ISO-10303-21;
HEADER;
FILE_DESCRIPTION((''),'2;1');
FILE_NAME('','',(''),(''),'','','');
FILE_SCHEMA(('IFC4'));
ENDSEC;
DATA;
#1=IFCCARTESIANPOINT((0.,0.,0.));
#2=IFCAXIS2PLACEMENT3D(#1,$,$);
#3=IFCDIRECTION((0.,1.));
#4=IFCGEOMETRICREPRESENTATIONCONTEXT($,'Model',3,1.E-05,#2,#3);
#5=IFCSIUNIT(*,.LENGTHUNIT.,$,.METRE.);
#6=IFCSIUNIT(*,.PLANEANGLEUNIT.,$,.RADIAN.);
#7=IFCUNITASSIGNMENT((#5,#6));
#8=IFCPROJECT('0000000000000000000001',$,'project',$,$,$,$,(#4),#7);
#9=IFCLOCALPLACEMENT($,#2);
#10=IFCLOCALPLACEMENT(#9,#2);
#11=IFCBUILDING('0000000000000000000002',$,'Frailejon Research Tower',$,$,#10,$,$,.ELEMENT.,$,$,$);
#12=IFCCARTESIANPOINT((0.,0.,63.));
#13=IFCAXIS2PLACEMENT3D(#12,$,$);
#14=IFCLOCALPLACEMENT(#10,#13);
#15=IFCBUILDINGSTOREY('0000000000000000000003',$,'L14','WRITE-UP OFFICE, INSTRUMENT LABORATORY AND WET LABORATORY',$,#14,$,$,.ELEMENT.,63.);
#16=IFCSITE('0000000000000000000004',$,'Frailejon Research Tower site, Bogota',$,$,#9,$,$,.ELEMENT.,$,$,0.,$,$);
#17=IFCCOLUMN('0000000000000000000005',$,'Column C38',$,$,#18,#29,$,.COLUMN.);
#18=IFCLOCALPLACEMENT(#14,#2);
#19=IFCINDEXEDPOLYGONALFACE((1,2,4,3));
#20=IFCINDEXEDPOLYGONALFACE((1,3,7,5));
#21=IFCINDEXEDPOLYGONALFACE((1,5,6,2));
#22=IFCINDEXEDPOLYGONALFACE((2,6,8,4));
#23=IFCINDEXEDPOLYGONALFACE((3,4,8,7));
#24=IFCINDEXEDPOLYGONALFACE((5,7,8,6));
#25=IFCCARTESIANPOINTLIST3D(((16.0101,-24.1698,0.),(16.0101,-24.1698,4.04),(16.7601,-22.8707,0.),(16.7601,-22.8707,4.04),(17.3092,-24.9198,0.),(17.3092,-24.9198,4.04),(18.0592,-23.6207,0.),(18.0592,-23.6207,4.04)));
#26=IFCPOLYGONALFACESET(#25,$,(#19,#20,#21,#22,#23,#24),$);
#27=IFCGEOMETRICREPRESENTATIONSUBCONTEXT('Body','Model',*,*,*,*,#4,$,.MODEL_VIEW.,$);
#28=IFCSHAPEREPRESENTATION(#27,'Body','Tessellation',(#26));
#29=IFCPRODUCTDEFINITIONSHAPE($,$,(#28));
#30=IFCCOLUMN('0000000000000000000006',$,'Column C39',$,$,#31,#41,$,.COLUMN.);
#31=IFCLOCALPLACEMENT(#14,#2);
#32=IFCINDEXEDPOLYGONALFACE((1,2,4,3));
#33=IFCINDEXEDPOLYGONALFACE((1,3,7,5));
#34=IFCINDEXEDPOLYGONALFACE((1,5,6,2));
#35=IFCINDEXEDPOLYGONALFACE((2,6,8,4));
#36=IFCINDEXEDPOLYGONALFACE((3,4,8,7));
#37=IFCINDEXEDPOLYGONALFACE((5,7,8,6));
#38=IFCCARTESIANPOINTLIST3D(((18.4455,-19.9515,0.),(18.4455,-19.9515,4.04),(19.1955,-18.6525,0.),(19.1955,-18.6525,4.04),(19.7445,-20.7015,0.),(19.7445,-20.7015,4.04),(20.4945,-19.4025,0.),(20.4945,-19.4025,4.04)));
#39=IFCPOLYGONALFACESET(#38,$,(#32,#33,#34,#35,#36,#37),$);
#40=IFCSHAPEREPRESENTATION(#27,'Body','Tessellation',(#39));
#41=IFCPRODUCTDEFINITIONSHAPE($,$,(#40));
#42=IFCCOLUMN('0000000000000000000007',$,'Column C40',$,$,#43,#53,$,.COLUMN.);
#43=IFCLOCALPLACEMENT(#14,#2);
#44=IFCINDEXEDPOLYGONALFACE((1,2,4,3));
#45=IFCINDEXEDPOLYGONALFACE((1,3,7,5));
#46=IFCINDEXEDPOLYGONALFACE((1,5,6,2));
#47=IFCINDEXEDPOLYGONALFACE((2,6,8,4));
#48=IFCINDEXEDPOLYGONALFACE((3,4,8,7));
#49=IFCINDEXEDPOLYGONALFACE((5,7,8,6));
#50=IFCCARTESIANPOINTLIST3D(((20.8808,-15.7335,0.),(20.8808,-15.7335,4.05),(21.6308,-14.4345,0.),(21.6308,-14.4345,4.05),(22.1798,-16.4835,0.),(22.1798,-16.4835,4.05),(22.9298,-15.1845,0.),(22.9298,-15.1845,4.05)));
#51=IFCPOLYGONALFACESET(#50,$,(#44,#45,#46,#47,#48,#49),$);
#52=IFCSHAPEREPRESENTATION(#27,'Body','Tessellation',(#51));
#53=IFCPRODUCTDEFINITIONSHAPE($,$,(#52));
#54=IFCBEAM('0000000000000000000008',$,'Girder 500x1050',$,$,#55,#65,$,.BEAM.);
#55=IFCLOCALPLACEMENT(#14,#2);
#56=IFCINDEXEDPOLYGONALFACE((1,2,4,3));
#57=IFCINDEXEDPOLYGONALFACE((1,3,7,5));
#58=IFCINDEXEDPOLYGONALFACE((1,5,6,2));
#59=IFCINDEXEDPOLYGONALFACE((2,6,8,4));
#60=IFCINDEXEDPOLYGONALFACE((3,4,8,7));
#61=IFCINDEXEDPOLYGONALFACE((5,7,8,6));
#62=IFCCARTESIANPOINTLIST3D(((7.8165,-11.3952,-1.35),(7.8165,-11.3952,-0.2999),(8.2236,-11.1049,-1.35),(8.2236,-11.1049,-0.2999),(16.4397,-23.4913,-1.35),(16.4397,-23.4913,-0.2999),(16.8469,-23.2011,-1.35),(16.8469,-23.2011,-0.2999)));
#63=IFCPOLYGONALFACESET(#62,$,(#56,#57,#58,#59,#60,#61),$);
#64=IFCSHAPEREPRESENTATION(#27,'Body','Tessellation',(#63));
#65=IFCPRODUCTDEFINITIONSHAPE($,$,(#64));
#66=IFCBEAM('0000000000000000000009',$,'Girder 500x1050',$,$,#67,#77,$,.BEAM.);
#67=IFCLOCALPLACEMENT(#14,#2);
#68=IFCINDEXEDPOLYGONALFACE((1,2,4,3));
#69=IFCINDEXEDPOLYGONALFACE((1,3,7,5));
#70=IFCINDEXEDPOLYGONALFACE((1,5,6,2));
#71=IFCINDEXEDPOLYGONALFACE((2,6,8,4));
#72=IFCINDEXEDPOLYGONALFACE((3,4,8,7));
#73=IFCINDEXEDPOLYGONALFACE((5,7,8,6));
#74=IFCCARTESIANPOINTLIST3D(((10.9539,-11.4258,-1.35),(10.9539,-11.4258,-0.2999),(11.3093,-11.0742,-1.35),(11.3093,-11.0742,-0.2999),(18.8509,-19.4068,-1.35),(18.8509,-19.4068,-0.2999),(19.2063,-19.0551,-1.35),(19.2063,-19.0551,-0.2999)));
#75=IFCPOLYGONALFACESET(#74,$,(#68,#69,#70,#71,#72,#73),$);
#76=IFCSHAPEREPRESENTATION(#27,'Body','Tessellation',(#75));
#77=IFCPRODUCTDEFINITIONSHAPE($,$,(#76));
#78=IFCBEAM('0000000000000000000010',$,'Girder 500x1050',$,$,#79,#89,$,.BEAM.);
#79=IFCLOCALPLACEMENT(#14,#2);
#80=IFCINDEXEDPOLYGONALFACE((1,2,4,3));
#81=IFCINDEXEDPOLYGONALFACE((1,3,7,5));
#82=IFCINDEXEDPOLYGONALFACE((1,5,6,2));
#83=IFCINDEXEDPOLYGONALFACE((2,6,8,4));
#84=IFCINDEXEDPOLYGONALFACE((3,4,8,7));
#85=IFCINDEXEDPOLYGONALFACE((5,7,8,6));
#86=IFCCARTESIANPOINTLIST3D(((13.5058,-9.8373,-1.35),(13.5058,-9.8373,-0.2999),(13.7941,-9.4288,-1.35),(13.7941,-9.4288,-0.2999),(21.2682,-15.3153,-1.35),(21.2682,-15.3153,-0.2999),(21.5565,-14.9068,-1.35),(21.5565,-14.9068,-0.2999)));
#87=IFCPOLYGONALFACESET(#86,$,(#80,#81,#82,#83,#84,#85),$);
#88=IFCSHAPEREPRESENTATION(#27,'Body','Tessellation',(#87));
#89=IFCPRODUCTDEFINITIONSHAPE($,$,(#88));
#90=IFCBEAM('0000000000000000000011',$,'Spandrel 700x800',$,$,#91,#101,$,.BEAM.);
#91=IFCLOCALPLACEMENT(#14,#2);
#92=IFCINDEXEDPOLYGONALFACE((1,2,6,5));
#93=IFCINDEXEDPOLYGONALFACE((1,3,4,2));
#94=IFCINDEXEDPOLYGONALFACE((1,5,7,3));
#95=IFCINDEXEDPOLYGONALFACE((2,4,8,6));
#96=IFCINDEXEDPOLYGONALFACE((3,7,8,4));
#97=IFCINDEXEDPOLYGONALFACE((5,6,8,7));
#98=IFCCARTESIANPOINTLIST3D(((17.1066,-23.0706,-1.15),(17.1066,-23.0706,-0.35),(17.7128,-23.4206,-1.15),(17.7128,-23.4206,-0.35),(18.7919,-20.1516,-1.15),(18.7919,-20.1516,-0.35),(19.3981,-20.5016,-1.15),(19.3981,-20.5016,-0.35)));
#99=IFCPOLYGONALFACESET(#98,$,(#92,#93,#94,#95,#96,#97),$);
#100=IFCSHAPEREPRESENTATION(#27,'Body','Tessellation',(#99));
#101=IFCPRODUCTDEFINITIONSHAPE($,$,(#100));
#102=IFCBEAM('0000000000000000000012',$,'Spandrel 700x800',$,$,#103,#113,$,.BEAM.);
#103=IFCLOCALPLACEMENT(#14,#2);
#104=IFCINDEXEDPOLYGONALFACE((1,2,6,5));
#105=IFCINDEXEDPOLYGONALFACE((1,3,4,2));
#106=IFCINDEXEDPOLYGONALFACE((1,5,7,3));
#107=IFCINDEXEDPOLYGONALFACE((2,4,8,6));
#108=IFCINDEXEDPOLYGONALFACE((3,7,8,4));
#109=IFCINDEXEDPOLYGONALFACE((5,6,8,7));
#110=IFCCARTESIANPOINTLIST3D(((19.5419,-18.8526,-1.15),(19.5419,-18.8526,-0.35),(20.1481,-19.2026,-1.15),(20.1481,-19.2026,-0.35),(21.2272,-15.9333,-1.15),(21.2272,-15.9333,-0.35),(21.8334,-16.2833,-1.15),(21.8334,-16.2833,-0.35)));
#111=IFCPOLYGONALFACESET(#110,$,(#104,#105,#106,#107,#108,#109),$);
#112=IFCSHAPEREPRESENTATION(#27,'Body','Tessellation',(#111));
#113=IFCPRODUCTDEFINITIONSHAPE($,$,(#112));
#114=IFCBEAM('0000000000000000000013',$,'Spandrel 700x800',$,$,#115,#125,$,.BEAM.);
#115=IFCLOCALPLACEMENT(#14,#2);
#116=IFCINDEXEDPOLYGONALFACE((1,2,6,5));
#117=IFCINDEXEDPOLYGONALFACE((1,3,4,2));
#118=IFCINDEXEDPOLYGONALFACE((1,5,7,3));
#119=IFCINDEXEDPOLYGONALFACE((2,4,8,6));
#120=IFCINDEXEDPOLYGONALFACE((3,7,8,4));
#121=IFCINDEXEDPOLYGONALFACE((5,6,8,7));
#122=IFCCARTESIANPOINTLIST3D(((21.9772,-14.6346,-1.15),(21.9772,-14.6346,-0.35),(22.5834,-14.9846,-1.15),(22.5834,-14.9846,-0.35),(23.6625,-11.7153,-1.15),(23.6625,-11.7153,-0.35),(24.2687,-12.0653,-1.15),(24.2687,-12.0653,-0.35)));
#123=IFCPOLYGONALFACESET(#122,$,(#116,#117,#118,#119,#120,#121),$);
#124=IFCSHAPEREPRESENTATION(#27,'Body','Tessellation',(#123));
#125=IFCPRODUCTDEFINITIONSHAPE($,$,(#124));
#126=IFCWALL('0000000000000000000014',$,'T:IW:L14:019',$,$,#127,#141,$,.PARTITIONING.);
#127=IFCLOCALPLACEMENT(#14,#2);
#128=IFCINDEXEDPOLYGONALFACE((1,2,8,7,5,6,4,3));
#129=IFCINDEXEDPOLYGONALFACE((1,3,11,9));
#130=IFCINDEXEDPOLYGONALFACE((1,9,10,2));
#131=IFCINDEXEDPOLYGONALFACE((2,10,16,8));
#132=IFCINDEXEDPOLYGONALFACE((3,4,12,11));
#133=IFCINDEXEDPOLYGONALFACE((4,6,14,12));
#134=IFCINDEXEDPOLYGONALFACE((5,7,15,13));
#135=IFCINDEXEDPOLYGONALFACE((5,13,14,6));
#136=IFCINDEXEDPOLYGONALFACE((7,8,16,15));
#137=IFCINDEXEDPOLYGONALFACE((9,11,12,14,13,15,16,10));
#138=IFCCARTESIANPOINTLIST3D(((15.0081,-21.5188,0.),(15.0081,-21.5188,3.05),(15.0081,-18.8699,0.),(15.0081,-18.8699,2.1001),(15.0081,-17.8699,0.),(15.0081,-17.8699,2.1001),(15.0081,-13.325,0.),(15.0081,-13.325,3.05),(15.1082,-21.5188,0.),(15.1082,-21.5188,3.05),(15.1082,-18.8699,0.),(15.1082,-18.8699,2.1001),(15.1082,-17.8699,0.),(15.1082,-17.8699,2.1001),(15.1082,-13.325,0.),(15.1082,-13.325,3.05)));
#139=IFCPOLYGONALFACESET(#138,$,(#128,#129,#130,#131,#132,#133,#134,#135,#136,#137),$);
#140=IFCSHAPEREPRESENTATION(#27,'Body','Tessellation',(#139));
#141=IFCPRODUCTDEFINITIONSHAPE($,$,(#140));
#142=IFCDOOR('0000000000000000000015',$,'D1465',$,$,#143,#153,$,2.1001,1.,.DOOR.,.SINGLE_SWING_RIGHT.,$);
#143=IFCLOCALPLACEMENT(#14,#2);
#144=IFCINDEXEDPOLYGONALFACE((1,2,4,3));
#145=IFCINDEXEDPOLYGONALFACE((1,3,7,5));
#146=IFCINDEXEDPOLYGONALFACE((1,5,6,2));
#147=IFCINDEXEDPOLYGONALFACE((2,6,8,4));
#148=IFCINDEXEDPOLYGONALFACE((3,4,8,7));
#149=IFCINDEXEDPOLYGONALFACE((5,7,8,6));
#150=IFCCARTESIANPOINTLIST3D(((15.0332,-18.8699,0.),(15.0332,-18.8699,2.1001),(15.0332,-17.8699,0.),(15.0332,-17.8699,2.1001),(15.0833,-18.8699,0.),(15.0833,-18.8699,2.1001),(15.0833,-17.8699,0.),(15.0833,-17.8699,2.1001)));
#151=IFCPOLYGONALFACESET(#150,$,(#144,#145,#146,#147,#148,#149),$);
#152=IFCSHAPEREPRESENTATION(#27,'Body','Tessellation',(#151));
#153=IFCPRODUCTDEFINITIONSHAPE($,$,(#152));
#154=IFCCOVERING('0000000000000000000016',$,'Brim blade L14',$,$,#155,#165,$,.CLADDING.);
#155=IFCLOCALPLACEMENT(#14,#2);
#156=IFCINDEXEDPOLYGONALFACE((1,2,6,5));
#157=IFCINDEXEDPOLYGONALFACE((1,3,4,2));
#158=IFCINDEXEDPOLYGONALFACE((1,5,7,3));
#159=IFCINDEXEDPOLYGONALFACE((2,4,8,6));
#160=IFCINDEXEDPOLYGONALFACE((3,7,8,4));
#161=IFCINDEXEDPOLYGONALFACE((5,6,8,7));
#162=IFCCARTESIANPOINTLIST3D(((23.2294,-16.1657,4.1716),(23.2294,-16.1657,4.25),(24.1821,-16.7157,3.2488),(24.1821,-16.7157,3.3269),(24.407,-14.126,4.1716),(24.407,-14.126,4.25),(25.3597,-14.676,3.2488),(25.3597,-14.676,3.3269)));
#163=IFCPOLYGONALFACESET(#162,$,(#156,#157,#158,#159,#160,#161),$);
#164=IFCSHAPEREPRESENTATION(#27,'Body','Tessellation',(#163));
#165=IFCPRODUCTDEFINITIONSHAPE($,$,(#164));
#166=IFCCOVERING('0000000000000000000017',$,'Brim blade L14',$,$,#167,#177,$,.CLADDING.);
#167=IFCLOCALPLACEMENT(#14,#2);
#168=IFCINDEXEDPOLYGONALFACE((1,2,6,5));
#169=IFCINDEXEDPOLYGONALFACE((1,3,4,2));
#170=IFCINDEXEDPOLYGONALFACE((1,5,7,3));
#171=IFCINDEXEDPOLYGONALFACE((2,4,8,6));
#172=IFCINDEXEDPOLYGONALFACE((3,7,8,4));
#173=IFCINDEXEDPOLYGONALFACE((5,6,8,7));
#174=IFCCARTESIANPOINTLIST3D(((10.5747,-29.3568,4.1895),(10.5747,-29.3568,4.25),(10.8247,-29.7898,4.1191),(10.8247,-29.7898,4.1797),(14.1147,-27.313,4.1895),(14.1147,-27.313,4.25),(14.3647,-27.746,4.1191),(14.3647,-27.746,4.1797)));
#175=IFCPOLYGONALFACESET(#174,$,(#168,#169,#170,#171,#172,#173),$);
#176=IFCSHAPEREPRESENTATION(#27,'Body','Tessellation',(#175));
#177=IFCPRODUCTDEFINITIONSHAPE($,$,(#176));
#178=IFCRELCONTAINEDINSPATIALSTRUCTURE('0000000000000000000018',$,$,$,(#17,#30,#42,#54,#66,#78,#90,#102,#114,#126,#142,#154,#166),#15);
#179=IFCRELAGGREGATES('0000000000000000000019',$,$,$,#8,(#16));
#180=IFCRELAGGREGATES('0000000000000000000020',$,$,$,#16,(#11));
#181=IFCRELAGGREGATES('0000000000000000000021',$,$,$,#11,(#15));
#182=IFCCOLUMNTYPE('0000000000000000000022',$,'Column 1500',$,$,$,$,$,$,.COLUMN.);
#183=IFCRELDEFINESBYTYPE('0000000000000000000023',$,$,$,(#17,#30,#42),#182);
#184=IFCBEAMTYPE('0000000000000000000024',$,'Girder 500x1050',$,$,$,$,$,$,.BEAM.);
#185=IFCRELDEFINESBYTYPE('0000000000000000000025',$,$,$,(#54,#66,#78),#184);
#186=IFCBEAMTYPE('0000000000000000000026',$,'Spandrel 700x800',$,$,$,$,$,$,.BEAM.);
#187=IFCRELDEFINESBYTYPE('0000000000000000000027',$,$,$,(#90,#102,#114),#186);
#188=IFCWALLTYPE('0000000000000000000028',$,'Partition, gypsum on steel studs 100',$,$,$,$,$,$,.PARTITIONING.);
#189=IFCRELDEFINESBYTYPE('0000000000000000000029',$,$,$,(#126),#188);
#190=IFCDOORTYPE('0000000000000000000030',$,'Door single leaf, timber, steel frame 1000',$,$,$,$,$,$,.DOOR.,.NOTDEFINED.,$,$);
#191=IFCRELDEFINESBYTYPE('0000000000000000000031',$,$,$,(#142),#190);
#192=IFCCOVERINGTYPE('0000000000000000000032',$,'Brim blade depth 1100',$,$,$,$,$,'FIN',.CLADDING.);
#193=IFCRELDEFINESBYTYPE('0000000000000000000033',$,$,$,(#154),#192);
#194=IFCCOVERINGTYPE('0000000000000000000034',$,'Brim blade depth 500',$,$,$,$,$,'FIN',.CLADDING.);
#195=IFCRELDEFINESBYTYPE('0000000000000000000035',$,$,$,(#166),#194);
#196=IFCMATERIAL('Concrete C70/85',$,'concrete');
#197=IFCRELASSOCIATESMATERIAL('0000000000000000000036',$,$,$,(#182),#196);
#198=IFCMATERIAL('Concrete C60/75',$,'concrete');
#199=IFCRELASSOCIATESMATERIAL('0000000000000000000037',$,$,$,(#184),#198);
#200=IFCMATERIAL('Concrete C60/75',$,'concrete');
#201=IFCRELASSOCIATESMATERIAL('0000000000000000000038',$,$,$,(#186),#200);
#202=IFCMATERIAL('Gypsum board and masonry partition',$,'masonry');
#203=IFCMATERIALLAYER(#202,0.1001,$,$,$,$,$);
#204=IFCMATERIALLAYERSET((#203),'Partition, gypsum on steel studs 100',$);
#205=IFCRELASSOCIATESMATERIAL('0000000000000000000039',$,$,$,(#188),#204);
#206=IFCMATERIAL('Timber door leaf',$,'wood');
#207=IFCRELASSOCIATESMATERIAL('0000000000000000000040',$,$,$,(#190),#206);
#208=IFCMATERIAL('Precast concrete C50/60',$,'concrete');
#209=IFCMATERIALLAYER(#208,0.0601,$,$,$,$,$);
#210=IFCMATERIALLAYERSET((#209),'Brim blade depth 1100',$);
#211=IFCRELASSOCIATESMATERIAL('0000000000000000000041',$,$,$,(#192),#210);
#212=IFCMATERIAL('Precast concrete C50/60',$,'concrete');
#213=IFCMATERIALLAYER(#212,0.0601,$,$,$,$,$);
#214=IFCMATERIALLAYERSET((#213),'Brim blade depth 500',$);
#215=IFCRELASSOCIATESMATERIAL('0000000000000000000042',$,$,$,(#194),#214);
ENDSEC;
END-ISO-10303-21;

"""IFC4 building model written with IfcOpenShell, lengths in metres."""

from ifc_helpers import new_model, si_unit, direction, frame, frame_2d, origin, origin_2d, place, context, subcontext, project, spatial, polyline, rectangle, outline, extrude, material, layer, layer_set, material_profile, profile_set, type_object, element, fill, save


model = new_model("IFC4")

# Units and contexts
model_context = context("Model", 3, precision=1e-05, world=origin(), true_north=direction((0.0, 1.0)))
body_context = subcontext(model_context, "Body", "Model", "MODEL_VIEW")
ifc_project = project(units=[si_unit("LENGTHUNIT", "METRE"), si_unit("PLANEANGLEUNIT", "RADIAN")], contexts=[model_context])

# Site, building, storey
site_placement = place(None, origin())
site = spatial("IfcSite", under=ifc_project, at=site_placement, Name="Frailejon Research Tower site, Bogota", CompositionType="ELEMENT", RefElevation=0.0)
building_placement = place(site_placement, origin())
building = spatial("IfcBuilding", under=site, at=building_placement, Name="Frailejon Research Tower", CompositionType="ELEMENT")
storey_placement = place(building_placement, frame((0.0, 0.0, 63.0)))
storey = spatial("IfcBuildingStorey", under=building, at=storey_placement, Name="L14", Description="WRITE-UP OFFICE, INSTRUMENT LABORATORY AND WET LABORATORY", CompositionType="ELEMENT", Elevation=63.0)

# Columns
ifc_material_1 = material(Name="Concrete C70/85", Category="concrete")
ifc_material_profile_1 = material_profile(ifc_material_1, rectangle(XDim=1.5, YDim=1.5, at=origin_2d()), Name="Column 1500")
ifc_profile_set_1 = profile_set([ifc_material_profile_1], Name="Concrete C70/85")
column_type = type_object("IfcColumnType", Name="Column 1500", PredefinedType="COLUMN", material=ifc_profile_set_1)
for number, where, z_axis, x_axis, name in (
    (1, (17.0347, -23.8953, 0.0), (0.0, 0.0, 1.0), (0.5, 0.866025, 0.0), "Column C38"),
    (2, (19.47, -19.677, 0.0), (0.0, 0.0, 1.0), (0.5, 0.866025, 0.0), "Column C39"),
):
    element("IfcColumn", number, at=place(storey_placement, frame(where, z_axis=z_axis, x_axis=x_axis)), inside=storey, type_object=column_type, Name=name, PredefinedType="COLUMN", context=body_context, shape_type="SweptSolid", body=[
        extrude(rectangle(XDim=1.5, YDim=1.5, at=origin_2d()), origin(), (0.0, 0.0, 1.0), 4.04),
    ])
column_placement = place(storey_placement, frame((21.9053, -15.459, 0.0), z_axis=(0.0, 0.0, 1.0), x_axis=(0.5, 0.866025, 0.0)))
element("IfcColumn", 3, at=column_placement, inside=storey, type_object=column_type, Name="Column C40", PredefinedType="COLUMN", context=body_context, shape_type="SweptSolid", body=[
    extrude(rectangle(XDim=1.5, YDim=1.5, at=origin_2d()), origin(), (0.0, 0.0, 1.0), 4.05),
])

# Beams
ifc_material_2 = material(Name="Concrete C60/75", Category="concrete")
ifc_material_profile_2 = material_profile(ifc_material_2, rectangle(XDim=0.5, YDim=1.05, at=origin_2d()), Name="Girder 500x1050")
ifc_profile_set_2 = profile_set([ifc_material_profile_2], Name="Concrete C60/75")
beam_type_1 = type_object("IfcBeamType", Name="Girder 500x1050", PredefinedType="BEAM", material=ifc_profile_set_2)
beam_1_placement = place(storey_placement, frame((16.6433, -23.3462, -0.825), z_axis=(-0.580487, 0.814269, 0.0), x_axis=(-0.814269, -0.580487, 0.0)))
element("IfcBeam", 4, at=beam_1_placement, inside=storey, type_object=beam_type_1, Name="Girder 500x1050", PredefinedType="BEAM", context=body_context, shape_type="SweptSolid", body=[
    extrude(rectangle(XDim=0.5, YDim=1.05, at=origin_2d()), origin(), (0.0, 0.0, 1.0), 14.8552),
])
beam_2_placement = place(storey_placement, frame((19.0286, -19.231, -0.825), z_axis=(-0.703357, 0.710837, 0.0), x_axis=(-0.710837, -0.703357, 0.0)))
element("IfcBeam", 5, at=beam_2_placement, inside=storey, type_object=beam_type_1, Name="Girder 500x1050", PredefinedType="BEAM", context=body_context, shape_type="SweptSolid", body=[
    extrude(rectangle(XDim=0.5, YDim=1.05, at=origin_2d()), origin(), (0.0, 0.0, 1.0), 11.2275),
])
beam_3_placement = place(storey_placement, frame((21.4124, -15.1111, -0.825), z_axis=(-0.817035, 0.576588, 0.0), x_axis=(-0.576588, -0.817035, 0.0)))
element("IfcBeam", 6, at=beam_3_placement, inside=storey, type_object=beam_type_1, Name="Girder 500x1050", PredefinedType="BEAM", context=body_context, shape_type="SweptSolid", body=[
    extrude(rectangle(XDim=0.5, YDim=1.05, at=origin_2d()), origin(), (0.0, 0.0, 1.0), 9.5007),
])
ifc_material_3 = material(Name="Concrete C60/75", Category="concrete")
ifc_material_profile_3 = material_profile(ifc_material_3, rectangle(XDim=0.7, YDim=0.8, at=origin_2d()), Name="Spandrel 700x800")
ifc_profile_set_3 = profile_set([ifc_material_profile_3], Name="Concrete C60/75")
beam_type_2 = type_object("IfcBeamType", Name="Spandrel 700x800", PredefinedType="BEAM", material=ifc_profile_set_3)
beam_4_placement = place(storey_placement, frame((17.4097, -23.2456, -0.75), z_axis=(0.500011, 0.866019, 0.0), x_axis=(-0.866019, 0.500011, 0.0)))
element("IfcBeam", 7, at=beam_4_placement, inside=storey, type_object=beam_type_2, Name="Spandrel 700x800", PredefinedType="BEAM", context=body_context, shape_type="SweptSolid", body=[
    extrude(rectangle(XDim=0.7, YDim=0.8, at=origin_2d()), origin(), (0.0, 0.0, 1.0), 3.3706),
])
for number, where, z_axis, x_axis, name in (
    (8, (19.845, -19.0276, -0.75), (0.49998, 0.866037, 0.0), (-0.866037, 0.49998, 0.0), "Spandrel 700x800"),
    (9, (22.2803, -14.8096, -0.75), (0.49998, 0.866037, 0.0), (-0.866037, 0.49998, 0.0), "Spandrel 700x800"),
):
    element("IfcBeam", number, at=place(storey_placement, frame(where, z_axis=z_axis, x_axis=x_axis)), inside=storey, type_object=beam_type_2, Name=name, PredefinedType="BEAM", context=body_context, shape_type="SweptSolid", body=[
        extrude(rectangle(XDim=0.7, YDim=0.8, at=origin_2d()), origin(), (0.0, 0.0, 1.0), 3.3708),
    ])

# Wall, opening, door
ifc_material_4 = material(Name="Gypsum board and masonry partition", Category="masonry")
ifc_layer_1 = layer(ifc_material_4, 0.1001)
ifc_layer_set_1 = layer_set([ifc_layer_1], Name="Partition, gypsum on steel studs 100")
wall_type_1 = type_object("IfcWallType", Name="Partition, gypsum on steel studs 100", PredefinedType="PARTITIONING", material=ifc_layer_set_1)
wall_1_placement = place(storey_placement, frame((15.0581, -21.5188, 0.0), z_axis=(0.0, 0.0, 1.0), x_axis=(0.0, 1.0, 0.0)))
wall_1 = element("IfcWall", 10, at=wall_1_placement, inside=storey, type_object=wall_type_1, Name="T:IW:L14:019", PredefinedType="PARTITIONING", context=body_context, shape_type="SweptSolid", body=[
    extrude(rectangle(XDim=8.1938, YDim=0.1001, at=frame_2d((4.0969, 0.0))), origin(), (0.0, 0.0, 1.0), 3.05),
])
opening_1_placement = place(wall_1_placement, frame((2.6489, 0.0, 0.0)))
opening_1 = element("IfcOpeningElement", 11, at=opening_1_placement, cuts=wall_1, PredefinedType="OPENING", context=body_context, shape_type="SweptSolid", body=[
    extrude(rectangle(XDim=1.0, YDim=2.1001, at=frame_2d((0.5, 1.05))), frame((0.0, 0.0601, 0.0), z_axis=(0.0, -1.0, 0.0), x_axis=(1.0, 0.0, 0.0)), (0.0, 0.0, 1.0), 0.1201),
])
ifc_material_5 = material(Name="Timber door leaf", Category="wood")
door_type_1 = type_object("IfcDoorType", Name="Door single leaf, timber, steel frame 1000", OperationType="NOTDEFINED", PredefinedType="DOOR", material=ifc_material_5)
door_1_placement = place(opening_1_placement, origin())
door_1 = element("IfcDoor", 12, at=door_1_placement, inside=storey, type_object=door_type_1, Name="D1465", OperationType="SINGLE_SWING_RIGHT", OverallHeight=2.1001, OverallWidth=1.0, PredefinedType="DOOR", context=body_context, shape_type="SweptSolid", body=[
    extrude(rectangle(XDim=1.0, YDim=2.1001, at=frame_2d((0.5, 1.05))), frame((0.0, 0.0249, 0.0), z_axis=(0.0, -1.0, 0.0), x_axis=(1.0, 0.0, 0.0)), (0.0, 0.0, 1.0), 0.05),
])
fill(opening_1, door_1)

# Coverings
ifc_material_6 = material(Name="Precast concrete C50/60", Category="concrete")
ifc_layer_2 = layer(ifc_material_6, 0.0601)
ifc_layer_set_2 = layer_set([ifc_layer_2], Name="Brim blade depth 1100")
covering_type_1 = type_object("IfcCoveringType", Name="Brim blade depth 1100", ElementType="FIN", PredefinedType="CLADDING", material=ifc_layer_set_2)
covering_1_placement = place(storey_placement, frame((24.407, -14.126, 4.25), z_axis=(-0.500006, -0.866022, 0.0), x_axis=(0.866022, -0.500006, 0.0)))
element("IfcCovering", 13, at=covering_1_placement, inside=storey, type_object=covering_type_1, Name="Brim blade L14", PredefinedType="CLADDING", context=body_context, shape_type="SweptSolid", body=[
    extrude(outline(polyline([(0.0, -0.0784), (1.1001, -1.0012), (1.1001, -0.9231), (0.0, 0.0), (0.0, -0.0784)])), origin(), (0.0, 0.0, 1.0), 2.3552),
])
ifc_material_7 = material(Name="Precast concrete C50/60", Category="concrete")
ifc_layer_3 = layer(ifc_material_7, 0.0601)
ifc_layer_set_3 = layer_set([ifc_layer_3], Name="Brim blade depth 500")
covering_type_2 = type_object("IfcCoveringType", Name="Brim blade depth 500", ElementType="FIN", PredefinedType="CLADDING", material=ifc_layer_set_3)
covering_2_placement = place(storey_placement, frame((14.1147, -27.313, 4.25), z_axis=(-0.866027, -0.499997, 0.0), x_axis=(0.499997, -0.866027, 0.0)))
element("IfcCovering", 14, at=covering_2_placement, inside=storey, type_object=covering_type_2, Name="Brim blade L14", PredefinedType="CLADDING", context=body_context, shape_type="SweptSolid", body=[
    extrude(outline(polyline([(0.0, -0.0605), (0.5, -0.1309), (0.5, -0.0703), (0.0, 0.0), (0.0, -0.0605)])), origin(), (0.0, 0.0, 1.0), 4.0876),
])

save(model, "model.ifc")
